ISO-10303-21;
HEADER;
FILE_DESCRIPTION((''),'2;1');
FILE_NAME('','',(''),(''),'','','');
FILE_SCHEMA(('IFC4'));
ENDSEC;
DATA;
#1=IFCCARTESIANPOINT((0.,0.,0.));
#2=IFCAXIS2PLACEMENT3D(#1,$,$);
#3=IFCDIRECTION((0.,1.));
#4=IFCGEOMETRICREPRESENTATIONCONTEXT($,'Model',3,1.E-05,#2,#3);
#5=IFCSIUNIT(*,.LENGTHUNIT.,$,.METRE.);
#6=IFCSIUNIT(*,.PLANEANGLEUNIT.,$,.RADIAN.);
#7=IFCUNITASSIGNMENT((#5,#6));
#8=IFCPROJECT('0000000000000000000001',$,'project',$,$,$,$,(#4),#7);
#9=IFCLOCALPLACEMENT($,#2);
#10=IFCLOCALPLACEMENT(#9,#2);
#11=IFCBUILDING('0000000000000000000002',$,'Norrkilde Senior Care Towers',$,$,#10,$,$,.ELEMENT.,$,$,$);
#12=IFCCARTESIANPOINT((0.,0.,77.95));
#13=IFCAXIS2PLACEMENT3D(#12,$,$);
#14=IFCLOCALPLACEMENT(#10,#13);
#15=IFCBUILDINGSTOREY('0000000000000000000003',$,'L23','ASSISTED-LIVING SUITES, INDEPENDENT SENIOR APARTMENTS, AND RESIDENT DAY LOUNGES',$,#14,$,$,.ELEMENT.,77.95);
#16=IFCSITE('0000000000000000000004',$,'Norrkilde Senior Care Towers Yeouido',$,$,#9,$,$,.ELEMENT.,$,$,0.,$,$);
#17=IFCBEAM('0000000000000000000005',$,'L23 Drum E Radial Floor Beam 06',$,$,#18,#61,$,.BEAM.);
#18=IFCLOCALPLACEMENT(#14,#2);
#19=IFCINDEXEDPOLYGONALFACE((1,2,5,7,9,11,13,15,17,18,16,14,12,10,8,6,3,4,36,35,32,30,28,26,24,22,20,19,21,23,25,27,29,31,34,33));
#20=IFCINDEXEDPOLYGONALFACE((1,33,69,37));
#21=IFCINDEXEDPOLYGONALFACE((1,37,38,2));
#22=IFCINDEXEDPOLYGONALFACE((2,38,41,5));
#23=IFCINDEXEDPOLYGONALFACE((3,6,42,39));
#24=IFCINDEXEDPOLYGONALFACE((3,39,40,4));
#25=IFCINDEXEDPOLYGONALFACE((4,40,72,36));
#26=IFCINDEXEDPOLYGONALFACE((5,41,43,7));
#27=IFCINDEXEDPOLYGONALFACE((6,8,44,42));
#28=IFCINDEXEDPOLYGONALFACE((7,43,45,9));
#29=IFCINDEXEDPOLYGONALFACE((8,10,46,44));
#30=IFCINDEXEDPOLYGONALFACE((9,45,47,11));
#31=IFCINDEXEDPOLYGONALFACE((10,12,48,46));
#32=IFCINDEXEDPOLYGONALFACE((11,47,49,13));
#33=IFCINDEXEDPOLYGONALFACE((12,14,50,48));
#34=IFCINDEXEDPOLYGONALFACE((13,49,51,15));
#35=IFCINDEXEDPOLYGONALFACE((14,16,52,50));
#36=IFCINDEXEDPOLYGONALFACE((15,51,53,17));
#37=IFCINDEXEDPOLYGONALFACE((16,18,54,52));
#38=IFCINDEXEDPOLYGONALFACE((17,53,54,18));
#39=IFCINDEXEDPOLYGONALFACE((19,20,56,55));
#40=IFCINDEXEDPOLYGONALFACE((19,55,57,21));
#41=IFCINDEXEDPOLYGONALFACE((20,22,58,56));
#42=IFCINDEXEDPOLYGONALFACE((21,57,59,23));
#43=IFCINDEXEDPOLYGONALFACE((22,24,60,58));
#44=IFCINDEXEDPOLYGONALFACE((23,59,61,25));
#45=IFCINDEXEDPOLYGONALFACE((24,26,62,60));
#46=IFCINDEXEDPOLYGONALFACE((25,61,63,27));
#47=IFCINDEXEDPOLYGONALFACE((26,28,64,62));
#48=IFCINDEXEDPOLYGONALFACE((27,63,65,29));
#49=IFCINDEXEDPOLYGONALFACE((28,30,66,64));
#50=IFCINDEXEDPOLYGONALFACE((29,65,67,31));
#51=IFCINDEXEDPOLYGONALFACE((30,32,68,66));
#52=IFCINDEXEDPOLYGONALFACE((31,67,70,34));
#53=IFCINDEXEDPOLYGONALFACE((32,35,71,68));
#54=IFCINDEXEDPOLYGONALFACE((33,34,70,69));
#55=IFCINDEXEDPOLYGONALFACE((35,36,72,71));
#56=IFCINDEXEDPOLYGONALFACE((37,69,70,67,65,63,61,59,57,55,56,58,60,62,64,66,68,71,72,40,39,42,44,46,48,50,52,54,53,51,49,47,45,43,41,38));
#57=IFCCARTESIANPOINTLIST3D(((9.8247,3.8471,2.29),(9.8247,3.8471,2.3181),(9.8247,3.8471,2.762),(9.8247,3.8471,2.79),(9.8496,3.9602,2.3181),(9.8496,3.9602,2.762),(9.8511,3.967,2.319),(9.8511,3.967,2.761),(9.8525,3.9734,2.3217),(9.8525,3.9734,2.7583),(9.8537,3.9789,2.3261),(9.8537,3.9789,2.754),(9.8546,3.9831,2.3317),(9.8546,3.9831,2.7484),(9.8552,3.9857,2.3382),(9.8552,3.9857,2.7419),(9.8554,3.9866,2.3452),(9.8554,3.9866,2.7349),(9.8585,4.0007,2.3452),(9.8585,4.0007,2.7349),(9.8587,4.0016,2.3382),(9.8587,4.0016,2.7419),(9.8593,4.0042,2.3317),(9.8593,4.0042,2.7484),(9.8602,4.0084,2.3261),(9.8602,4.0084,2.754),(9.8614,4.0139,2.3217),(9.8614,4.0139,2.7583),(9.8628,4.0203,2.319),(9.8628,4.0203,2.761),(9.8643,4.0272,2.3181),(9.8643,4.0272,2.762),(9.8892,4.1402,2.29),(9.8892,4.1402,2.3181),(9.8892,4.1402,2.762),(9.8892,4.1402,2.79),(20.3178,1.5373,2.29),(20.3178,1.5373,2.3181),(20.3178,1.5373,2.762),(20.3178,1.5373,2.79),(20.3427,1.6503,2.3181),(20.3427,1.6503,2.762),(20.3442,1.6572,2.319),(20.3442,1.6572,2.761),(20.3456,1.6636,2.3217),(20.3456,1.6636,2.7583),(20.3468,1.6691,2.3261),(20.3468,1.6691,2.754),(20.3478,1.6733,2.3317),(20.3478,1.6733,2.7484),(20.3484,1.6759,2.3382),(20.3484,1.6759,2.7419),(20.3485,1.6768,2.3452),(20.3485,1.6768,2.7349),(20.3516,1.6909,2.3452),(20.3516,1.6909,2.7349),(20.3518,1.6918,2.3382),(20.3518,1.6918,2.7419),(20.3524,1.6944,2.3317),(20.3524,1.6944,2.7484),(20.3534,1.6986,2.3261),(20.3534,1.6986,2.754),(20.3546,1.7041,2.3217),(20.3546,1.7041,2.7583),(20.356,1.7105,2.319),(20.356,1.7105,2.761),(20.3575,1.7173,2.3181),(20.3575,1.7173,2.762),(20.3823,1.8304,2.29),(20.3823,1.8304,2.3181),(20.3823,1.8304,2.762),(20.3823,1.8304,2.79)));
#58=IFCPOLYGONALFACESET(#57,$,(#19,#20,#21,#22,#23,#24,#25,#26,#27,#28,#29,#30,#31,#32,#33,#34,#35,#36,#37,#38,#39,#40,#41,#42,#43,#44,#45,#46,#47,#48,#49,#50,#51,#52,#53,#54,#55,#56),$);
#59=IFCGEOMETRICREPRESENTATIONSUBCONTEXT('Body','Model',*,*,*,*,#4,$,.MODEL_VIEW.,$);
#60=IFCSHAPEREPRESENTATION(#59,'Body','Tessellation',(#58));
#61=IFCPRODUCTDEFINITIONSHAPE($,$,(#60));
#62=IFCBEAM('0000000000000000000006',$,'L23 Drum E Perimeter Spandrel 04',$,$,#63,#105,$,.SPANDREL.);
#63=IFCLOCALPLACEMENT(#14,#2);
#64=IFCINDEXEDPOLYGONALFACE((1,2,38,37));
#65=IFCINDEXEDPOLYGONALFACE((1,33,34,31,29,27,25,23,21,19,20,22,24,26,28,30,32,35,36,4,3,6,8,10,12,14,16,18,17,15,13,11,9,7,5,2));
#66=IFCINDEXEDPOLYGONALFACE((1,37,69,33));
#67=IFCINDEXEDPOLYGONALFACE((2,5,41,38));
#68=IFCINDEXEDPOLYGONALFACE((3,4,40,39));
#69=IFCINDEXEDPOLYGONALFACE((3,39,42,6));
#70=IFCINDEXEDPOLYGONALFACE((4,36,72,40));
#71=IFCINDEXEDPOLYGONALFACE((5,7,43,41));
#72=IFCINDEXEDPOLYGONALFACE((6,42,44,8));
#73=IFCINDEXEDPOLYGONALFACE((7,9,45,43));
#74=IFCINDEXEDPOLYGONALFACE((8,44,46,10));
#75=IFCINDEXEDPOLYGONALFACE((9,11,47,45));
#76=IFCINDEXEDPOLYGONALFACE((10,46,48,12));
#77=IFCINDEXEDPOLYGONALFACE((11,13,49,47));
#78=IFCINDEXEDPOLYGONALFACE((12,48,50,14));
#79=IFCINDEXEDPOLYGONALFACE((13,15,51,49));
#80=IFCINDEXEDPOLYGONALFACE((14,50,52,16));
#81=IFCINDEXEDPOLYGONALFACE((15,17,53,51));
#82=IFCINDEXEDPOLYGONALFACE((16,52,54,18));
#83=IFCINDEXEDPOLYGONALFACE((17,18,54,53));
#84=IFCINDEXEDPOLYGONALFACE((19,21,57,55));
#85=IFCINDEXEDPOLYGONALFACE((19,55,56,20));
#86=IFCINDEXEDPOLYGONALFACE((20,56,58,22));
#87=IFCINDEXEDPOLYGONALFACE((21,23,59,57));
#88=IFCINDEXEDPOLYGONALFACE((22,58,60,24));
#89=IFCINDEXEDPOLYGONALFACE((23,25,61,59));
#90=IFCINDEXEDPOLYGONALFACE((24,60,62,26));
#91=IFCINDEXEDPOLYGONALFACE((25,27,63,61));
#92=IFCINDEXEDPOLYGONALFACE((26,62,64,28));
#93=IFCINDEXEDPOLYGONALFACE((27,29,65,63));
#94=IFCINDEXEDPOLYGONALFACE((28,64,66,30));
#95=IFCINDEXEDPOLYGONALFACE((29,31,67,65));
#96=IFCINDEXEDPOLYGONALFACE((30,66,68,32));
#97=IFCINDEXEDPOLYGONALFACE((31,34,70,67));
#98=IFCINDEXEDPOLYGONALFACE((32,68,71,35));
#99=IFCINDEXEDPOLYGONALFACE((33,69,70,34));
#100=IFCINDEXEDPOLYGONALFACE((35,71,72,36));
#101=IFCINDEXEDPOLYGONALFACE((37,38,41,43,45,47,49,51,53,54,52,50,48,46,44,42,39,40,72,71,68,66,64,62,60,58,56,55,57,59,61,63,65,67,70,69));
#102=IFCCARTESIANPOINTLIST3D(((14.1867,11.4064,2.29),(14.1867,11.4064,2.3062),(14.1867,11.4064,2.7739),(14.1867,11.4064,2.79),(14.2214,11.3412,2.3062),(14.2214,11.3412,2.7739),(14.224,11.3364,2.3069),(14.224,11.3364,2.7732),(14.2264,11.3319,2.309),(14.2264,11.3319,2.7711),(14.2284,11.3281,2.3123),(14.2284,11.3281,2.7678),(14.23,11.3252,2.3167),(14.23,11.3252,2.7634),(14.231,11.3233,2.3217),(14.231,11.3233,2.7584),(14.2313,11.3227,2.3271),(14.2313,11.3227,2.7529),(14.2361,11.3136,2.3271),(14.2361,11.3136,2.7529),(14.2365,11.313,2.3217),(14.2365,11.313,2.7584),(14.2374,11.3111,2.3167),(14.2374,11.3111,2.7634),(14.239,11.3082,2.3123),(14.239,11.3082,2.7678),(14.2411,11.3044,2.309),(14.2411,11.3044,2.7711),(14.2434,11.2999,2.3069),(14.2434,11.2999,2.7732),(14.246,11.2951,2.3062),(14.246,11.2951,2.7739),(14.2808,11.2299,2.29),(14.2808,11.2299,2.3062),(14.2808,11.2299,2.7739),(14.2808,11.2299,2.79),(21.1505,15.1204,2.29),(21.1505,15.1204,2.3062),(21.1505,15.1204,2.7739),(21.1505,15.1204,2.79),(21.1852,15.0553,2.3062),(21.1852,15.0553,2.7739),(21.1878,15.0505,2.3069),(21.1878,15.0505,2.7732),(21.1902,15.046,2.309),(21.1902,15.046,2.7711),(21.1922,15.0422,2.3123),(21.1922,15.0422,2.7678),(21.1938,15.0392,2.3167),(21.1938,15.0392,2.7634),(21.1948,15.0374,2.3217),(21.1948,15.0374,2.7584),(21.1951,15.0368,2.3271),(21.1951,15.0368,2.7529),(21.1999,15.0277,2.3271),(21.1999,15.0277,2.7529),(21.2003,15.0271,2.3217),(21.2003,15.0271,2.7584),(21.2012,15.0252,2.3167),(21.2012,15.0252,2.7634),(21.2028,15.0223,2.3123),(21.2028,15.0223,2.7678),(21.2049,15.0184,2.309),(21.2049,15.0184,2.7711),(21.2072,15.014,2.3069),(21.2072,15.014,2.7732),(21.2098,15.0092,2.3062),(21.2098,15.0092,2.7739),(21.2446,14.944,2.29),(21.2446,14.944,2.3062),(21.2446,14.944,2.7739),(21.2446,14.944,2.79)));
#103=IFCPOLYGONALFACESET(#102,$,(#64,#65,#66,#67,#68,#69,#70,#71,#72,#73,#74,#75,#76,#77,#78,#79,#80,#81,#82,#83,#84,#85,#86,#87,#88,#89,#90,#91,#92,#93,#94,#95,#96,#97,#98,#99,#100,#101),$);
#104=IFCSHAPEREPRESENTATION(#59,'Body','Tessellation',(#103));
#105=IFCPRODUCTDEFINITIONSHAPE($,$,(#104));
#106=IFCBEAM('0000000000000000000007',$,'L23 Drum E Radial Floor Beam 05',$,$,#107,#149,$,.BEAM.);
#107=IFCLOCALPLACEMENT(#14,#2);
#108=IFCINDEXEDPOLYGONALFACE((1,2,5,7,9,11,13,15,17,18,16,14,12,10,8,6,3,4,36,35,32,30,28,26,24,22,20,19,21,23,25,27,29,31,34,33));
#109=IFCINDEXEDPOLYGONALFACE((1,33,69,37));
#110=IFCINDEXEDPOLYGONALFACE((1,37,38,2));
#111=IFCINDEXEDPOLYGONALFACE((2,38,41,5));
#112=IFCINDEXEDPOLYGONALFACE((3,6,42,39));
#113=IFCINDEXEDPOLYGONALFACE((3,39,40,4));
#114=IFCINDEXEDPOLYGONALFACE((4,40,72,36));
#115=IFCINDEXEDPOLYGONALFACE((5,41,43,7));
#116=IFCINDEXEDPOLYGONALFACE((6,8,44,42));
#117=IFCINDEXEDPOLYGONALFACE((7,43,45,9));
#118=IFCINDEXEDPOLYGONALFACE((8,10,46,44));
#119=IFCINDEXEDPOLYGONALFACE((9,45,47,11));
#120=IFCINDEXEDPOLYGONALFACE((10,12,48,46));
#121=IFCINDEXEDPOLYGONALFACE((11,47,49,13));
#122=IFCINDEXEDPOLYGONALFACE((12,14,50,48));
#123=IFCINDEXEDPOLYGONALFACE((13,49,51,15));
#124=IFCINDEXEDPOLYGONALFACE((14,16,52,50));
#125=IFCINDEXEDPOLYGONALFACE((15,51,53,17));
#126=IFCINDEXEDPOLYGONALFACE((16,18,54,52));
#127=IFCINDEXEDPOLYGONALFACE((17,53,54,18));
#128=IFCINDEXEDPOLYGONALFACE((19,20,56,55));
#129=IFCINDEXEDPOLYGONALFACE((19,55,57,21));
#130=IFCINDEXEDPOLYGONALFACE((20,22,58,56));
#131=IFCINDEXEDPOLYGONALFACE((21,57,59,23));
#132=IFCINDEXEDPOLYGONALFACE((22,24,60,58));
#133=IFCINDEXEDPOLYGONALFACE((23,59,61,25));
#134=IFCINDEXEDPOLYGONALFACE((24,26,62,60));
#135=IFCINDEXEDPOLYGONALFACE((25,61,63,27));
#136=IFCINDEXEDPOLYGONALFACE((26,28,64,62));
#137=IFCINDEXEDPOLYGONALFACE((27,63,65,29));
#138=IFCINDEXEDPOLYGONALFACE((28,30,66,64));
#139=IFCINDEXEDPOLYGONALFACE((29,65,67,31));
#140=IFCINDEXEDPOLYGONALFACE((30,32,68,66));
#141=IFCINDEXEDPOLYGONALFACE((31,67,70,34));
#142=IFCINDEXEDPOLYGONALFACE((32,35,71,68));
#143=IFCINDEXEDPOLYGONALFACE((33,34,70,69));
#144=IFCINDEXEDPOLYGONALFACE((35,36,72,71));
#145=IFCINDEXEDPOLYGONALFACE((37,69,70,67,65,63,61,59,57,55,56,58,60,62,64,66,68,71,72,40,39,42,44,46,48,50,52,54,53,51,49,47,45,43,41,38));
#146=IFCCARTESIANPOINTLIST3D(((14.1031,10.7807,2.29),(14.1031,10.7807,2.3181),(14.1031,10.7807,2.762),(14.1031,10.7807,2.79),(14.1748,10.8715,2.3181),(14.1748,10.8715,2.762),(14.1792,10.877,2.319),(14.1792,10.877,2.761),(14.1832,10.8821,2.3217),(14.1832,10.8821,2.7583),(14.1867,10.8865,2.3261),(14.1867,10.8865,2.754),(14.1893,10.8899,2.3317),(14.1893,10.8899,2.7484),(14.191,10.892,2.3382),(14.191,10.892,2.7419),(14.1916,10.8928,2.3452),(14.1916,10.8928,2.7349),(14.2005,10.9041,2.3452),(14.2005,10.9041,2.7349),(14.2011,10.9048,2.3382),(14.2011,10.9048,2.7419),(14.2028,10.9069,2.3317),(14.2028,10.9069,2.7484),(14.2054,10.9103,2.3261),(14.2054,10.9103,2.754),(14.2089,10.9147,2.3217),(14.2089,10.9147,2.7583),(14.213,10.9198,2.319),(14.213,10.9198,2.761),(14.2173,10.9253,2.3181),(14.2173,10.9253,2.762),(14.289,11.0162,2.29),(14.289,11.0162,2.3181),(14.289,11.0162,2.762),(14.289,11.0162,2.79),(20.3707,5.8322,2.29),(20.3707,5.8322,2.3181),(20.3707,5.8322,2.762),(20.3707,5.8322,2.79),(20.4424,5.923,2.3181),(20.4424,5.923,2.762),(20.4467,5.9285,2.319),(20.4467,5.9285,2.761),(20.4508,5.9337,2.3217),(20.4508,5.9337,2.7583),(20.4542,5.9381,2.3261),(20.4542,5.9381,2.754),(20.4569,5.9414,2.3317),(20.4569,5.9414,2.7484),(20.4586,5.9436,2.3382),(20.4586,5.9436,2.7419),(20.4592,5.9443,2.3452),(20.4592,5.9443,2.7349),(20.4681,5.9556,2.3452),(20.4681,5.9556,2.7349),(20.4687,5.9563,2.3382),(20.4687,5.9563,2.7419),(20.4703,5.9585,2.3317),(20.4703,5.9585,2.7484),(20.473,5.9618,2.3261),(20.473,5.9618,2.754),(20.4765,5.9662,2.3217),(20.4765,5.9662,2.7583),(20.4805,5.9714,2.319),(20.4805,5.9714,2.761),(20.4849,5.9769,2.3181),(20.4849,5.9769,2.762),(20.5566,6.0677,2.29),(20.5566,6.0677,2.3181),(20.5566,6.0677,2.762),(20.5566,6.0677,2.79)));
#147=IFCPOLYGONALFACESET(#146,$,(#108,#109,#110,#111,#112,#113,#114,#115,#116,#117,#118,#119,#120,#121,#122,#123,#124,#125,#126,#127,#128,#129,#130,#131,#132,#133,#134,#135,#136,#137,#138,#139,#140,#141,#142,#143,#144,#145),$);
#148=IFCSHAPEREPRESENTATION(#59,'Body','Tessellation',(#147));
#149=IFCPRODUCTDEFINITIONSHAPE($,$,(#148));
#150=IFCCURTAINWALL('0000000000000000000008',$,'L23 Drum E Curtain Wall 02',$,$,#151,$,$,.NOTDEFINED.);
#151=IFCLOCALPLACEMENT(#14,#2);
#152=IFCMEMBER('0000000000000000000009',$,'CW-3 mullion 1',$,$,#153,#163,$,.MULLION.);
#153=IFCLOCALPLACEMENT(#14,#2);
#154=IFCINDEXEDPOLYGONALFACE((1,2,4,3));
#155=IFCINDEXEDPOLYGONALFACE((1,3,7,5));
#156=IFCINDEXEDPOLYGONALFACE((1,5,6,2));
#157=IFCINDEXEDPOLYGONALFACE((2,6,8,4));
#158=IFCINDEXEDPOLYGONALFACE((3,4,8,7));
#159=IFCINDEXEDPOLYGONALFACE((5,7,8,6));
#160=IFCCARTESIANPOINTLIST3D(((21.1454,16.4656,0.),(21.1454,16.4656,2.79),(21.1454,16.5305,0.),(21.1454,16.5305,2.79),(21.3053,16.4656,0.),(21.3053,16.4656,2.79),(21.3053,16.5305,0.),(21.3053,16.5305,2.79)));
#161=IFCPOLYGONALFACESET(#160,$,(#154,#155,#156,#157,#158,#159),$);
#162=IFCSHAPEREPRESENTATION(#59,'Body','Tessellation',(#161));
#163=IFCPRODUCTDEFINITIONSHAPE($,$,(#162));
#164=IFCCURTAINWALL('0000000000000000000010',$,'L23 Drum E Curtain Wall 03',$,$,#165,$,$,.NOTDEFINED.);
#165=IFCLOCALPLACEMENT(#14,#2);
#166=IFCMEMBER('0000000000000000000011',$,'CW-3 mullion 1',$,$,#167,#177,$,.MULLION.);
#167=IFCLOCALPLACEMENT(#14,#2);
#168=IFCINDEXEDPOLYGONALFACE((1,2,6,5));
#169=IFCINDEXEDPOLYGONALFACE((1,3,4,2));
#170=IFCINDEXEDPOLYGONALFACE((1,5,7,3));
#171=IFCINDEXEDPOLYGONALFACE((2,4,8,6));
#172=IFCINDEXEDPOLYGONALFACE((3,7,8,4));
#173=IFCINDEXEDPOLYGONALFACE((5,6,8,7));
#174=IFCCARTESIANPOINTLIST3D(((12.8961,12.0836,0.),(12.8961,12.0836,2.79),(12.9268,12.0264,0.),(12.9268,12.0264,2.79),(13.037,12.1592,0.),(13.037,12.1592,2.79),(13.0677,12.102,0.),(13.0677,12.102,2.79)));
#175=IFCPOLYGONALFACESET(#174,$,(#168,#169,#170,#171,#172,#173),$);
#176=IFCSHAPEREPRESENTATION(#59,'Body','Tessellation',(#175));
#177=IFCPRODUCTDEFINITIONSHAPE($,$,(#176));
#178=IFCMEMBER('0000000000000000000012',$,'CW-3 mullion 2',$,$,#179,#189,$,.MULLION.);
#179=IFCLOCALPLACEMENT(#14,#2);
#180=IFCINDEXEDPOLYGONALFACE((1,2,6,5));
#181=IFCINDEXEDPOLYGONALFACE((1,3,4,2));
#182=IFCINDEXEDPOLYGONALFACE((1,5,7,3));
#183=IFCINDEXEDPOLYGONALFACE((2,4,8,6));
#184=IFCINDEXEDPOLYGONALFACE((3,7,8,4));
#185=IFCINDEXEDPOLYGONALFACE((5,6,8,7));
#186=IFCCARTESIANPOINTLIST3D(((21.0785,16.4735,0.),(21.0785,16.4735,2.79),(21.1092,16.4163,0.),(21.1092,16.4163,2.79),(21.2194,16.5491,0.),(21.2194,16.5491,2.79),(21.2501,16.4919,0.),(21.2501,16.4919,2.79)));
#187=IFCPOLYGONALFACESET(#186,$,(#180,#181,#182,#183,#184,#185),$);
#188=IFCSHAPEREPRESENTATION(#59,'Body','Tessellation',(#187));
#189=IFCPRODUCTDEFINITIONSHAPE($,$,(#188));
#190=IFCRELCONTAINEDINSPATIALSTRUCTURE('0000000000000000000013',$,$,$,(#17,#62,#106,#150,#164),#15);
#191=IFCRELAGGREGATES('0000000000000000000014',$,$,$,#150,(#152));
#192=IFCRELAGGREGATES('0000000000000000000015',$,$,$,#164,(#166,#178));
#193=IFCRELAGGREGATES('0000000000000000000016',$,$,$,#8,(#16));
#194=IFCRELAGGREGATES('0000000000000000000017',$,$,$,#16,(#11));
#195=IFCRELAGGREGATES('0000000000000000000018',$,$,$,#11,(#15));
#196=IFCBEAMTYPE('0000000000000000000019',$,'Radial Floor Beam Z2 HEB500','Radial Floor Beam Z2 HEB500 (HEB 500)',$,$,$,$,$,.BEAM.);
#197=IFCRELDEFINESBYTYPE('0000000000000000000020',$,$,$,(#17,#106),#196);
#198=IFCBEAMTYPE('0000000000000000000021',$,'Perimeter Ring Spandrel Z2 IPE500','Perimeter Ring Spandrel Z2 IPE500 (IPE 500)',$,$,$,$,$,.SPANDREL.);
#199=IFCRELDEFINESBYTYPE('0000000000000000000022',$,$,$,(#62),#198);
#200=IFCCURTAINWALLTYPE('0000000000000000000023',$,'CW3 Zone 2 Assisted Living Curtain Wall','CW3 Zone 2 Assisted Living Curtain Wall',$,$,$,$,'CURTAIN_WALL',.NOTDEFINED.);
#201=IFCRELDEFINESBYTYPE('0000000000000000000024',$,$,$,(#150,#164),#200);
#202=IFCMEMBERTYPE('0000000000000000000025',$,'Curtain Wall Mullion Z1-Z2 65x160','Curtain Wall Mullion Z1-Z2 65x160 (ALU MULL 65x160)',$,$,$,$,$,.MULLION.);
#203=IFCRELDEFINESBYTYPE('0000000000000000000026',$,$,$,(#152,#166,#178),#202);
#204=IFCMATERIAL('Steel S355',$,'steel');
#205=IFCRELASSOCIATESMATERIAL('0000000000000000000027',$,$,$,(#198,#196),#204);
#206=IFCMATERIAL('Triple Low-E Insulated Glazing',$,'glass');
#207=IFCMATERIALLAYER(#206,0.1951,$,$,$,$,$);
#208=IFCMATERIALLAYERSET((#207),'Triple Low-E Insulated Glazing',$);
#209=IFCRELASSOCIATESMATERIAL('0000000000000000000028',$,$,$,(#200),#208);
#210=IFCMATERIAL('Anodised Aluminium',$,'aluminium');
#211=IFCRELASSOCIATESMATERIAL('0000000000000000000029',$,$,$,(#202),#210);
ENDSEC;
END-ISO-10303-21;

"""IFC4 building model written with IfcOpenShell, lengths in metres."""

from ifc_helpers import new_model, si_unit, direction, frame, origin, origin_2d, place, context, subcontext, project, spatial, rectangle, i_section, extrude, source, transform, mapped, material, layer, layer_set, material_profile, profile_set, type_object, type_shapes, element, aggregate, save


model = new_model("IFC4")

# Units and contexts
model_context = context("Model", 3, precision=1e-05, world=origin(), true_north=direction((0.0, 1.0)))
body_context = subcontext(model_context, "Body", "Model", "MODEL_VIEW")
ifc_project = project(units=[si_unit("LENGTHUNIT", "METRE"), si_unit("PLANEANGLEUNIT", "RADIAN")], contexts=[model_context])

# Site, building, storey
site_placement = place(None, origin())
site = spatial("IfcSite", under=ifc_project, at=site_placement, Name="Norrkilde Senior Care Towers Yeouido", CompositionType="ELEMENT", RefElevation=0.0)
building_placement = place(site_placement, origin())
building = spatial("IfcBuilding", under=site, at=building_placement, Name="Norrkilde Senior Care Towers", CompositionType="ELEMENT")
storey_placement = place(building_placement, frame((0.0, 0.0, 77.95)))
storey = spatial("IfcBuildingStorey", under=building, at=storey_placement, Name="L23", Description="ASSISTED-LIVING SUITES, INDEPENDENT SENIOR APARTMENTS, AND RESIDENT DAY LOUNGES", CompositionType="ELEMENT", Elevation=77.95)

# Beams
ifc_material_1 = material(Name="Steel S355", Category="steel")
ifc_material_profile_1 = material_profile(ifc_material_1, i_section(OverallWidth=0.2, OverallDepth=0.5, WebThickness=0.0103, FlangeThickness=0.0161, FilletRadius=0.021, at=origin_2d()), Name="IPE 500")
ifc_profile_set_1 = profile_set([ifc_material_profile_1], Name="Steel S355")
beam_type_1 = type_object("IfcBeamType", Name="Perimeter Ring Spandrel Z2 IPE500", Description="Perimeter Ring Spandrel Z2 IPE500 (IPE 500)", PredefinedType="SPANDREL", material=ifc_profile_set_1)
ifc_material_profile_2 = material_profile(ifc_material_1, i_section(OverallWidth=0.3, OverallDepth=0.5, WebThickness=0.0144, FlangeThickness=0.0281, FilletRadius=0.0271, at=origin_2d()), Name="HEB 500")
ifc_profile_set_2 = profile_set([ifc_material_profile_2], Name="Steel S355")
beam_type_2 = type_object("IfcBeamType", Name="Radial Floor Beam Z2 HEB500", Description="Radial Floor Beam Z2 HEB500 (HEB 500)", PredefinedType="BEAM", material=ifc_profile_set_2)
shared_shape_1 = source(origin(), body_context, "Body", "SweptSolid", [
    extrude(i_section(OverallWidth=0.3, OverallDepth=0.5, WebThickness=0.0144, FlangeThickness=0.0281, FilletRadius=0.0271, at=origin_2d()), origin(), (0.0, 0.0, 1.0), 10.7444),
])
beam_1_placement = place(storey_placement, frame((20.3501, 1.6838, 2.54), z_axis=(-0.976619, 0.214979, 0.0), x_axis=(-0.214979, -0.976619, 0.0)))
element("IfcBeam", 1, at=beam_1_placement, inside=storey, type_object=beam_type_2, Name="L23 Drum E Radial Floor Beam 06", PredefinedType="BEAM", context=body_context, shape_type="MappedRepresentation", body=[
    mapped(shared_shape_1, transform((0.0, 0.0, 0.0), x_axis=(1.0, 0.0, 0.0), y_axis=(0.0, 1.0, 0.0), z_axis=(0.0, 0.0, 1.0), scale=1.0)),
])
shared_shape_2 = source(origin(), body_context, "Body", "SweptSolid", [
    extrude(i_section(OverallWidth=0.2, OverallDepth=0.5, WebThickness=0.0103, FlangeThickness=0.0161, FilletRadius=0.021, at=origin_2d()), origin(), (0.0, 0.0, 1.0), 7.8923),
])
beam_2_placement = place(storey_placement, frame((21.1975, 15.0322, 2.54), z_axis=(-0.88235, -0.470593, 0.0), x_axis=(0.470593, -0.88235, 0.0)))
element("IfcBeam", 2, at=beam_2_placement, inside=storey, type_object=beam_type_1, Name="L23 Drum E Perimeter Spandrel 04", PredefinedType="SPANDREL", context=body_context, shape_type="MappedRepresentation", body=[
    mapped(shared_shape_2, transform((0.0, 0.0, 0.0), x_axis=(1.0, 0.0, 0.0), y_axis=(0.0, 1.0, 0.0), z_axis=(0.0, 0.0, 1.0), scale=1.0)),
])
shared_shape_3 = source(origin(), body_context, "Body", "SweptSolid", [
    extrude(i_section(OverallWidth=0.3, OverallDepth=0.5, WebThickness=0.0144, FlangeThickness=0.0281, FilletRadius=0.0271, at=origin_2d()), origin(), (0.0, 0.0, 1.0), 7.9856),
])
type_shapes(beam_type_2, [shared_shape_1, shared_shape_3])
beam_3_placement = place(storey_placement, frame((20.4636, 5.95, 2.54), z_axis=(-0.784859, 0.619675, 0.0), x_axis=(-0.619675, -0.784859, 0.0)))
element("IfcBeam", 3, at=beam_3_placement, inside=storey, type_object=beam_type_2, Name="L23 Drum E Radial Floor Beam 05", PredefinedType="BEAM", context=body_context, shape_type="MappedRepresentation", body=[
    mapped(shared_shape_3, transform((0.0, 0.0, 0.0), x_axis=(1.0, 0.0, 0.0), y_axis=(0.0, 1.0, 0.0), z_axis=(0.0, 0.0, 1.0), scale=1.0)),
])

# Curtain wall, member
ifc_material_2 = material(Name="Triple Low-E Insulated Glazing", Category="glass")
ifc_layer_1 = layer(ifc_material_2, 0.1951)
ifc_layer_set_1 = layer_set([ifc_layer_1], Name="Triple Low-E Insulated Glazing")
curtain_wall_type = type_object("IfcCurtainWallType", Name="CW3 Zone 2 Assisted Living Curtain Wall", Description="CW3 Zone 2 Assisted Living Curtain Wall", ElementType="CURTAIN_WALL", PredefinedType="NOTDEFINED", material=ifc_layer_set_1)
curtain_wall_1_placement = place(storey_placement, origin())
curtain_wall_1 = element("IfcCurtainWall", 4, at=curtain_wall_1_placement, inside=storey, type_object=curtain_wall_type, Name="L23 Drum E Curtain Wall 02", PredefinedType="NOTDEFINED")
ifc_material_3 = material(Name="Anodised Aluminium", Category="aluminium")
ifc_material_profile_3 = material_profile(ifc_material_3, rectangle(XDim=0.0649, YDim=0.1599, at=origin_2d()), Name="ALU MULL 65x160")
ifc_profile_set_3 = profile_set([ifc_material_profile_3], Name="Anodised Aluminium")
member_type_1 = type_object("IfcMemberType", Name="Curtain Wall Mullion Z1-Z2 65x160", Description="Curtain Wall Mullion Z1-Z2 65x160 (ALU MULL 65x160)", PredefinedType="MULLION", material=ifc_profile_set_3)
shared_shape_4 = source(origin(), body_context, "Body", "SweptSolid", [
    extrude(rectangle(XDim=0.0649, YDim=0.1599, at=origin_2d()), origin(), (0.0, 0.0, 1.0), 2.79),
])
type_shapes(member_type_1, [shared_shape_4])
member_1_placement = place(storey_placement, frame((21.2253, 16.498, 0.0), z_axis=(0.0, 0.0, 1.0), x_axis=(0.0, 1.0, 0.0)))
member_1 = element("IfcMember", 5, at=member_1_placement, type_object=member_type_1, Name="CW-3 mullion 1", PredefinedType="MULLION", context=body_context, shape_type="MappedRepresentation", body=[
    mapped(shared_shape_4, transform((0.0, 0.0, 0.0), x_axis=(1.0, 0.0, 0.0), y_axis=(0.0, 1.0, 0.0), z_axis=(0.0, 0.0, 1.0), scale=1.0)),
])

# Curtain wall, members
curtain_wall_2_placement = place(storey_placement, origin())
curtain_wall_2 = element("IfcCurtainWall", 6, at=curtain_wall_2_placement, inside=storey, type_object=curtain_wall_type, Name="L23 Drum E Curtain Wall 03", PredefinedType="NOTDEFINED")
member_2_placement = place(storey_placement, frame((12.9819, 12.0928, 0.0), z_axis=(0.0, 0.0, 1.0), x_axis=(-0.472769, 0.881186, 0.0)))
member_2 = element("IfcMember", 7, at=member_2_placement, type_object=member_type_1, Name="CW-3 mullion 1", PredefinedType="MULLION", context=body_context, shape_type="MappedRepresentation", body=[
    mapped(shared_shape_4, transform((0.0, 0.0, 0.0), x_axis=(1.0, 0.0, 0.0), y_axis=(0.0, 1.0, 0.0), z_axis=(0.0, 0.0, 1.0), scale=1.0)),
])
member_3_placement = place(storey_placement, frame((21.1643, 16.4827, 0.0), z_axis=(0.0, 0.0, 1.0), x_axis=(-0.472769, 0.881186, 0.0)))
member_3 = element("IfcMember", 8, at=member_3_placement, type_object=member_type_1, Name="CW-3 mullion 2", PredefinedType="MULLION", context=body_context, shape_type="MappedRepresentation", body=[
    mapped(shared_shape_4, transform((0.0, 0.0, 0.0), x_axis=(1.0, 0.0, 0.0), y_axis=(0.0, 1.0, 0.0), z_axis=(0.0, 0.0, 1.0), scale=1.0)),
])

aggregate(curtain_wall_1, [member_1])

aggregate(curtain_wall_2, [member_2, member_3])

save(model, "model.ifc")
